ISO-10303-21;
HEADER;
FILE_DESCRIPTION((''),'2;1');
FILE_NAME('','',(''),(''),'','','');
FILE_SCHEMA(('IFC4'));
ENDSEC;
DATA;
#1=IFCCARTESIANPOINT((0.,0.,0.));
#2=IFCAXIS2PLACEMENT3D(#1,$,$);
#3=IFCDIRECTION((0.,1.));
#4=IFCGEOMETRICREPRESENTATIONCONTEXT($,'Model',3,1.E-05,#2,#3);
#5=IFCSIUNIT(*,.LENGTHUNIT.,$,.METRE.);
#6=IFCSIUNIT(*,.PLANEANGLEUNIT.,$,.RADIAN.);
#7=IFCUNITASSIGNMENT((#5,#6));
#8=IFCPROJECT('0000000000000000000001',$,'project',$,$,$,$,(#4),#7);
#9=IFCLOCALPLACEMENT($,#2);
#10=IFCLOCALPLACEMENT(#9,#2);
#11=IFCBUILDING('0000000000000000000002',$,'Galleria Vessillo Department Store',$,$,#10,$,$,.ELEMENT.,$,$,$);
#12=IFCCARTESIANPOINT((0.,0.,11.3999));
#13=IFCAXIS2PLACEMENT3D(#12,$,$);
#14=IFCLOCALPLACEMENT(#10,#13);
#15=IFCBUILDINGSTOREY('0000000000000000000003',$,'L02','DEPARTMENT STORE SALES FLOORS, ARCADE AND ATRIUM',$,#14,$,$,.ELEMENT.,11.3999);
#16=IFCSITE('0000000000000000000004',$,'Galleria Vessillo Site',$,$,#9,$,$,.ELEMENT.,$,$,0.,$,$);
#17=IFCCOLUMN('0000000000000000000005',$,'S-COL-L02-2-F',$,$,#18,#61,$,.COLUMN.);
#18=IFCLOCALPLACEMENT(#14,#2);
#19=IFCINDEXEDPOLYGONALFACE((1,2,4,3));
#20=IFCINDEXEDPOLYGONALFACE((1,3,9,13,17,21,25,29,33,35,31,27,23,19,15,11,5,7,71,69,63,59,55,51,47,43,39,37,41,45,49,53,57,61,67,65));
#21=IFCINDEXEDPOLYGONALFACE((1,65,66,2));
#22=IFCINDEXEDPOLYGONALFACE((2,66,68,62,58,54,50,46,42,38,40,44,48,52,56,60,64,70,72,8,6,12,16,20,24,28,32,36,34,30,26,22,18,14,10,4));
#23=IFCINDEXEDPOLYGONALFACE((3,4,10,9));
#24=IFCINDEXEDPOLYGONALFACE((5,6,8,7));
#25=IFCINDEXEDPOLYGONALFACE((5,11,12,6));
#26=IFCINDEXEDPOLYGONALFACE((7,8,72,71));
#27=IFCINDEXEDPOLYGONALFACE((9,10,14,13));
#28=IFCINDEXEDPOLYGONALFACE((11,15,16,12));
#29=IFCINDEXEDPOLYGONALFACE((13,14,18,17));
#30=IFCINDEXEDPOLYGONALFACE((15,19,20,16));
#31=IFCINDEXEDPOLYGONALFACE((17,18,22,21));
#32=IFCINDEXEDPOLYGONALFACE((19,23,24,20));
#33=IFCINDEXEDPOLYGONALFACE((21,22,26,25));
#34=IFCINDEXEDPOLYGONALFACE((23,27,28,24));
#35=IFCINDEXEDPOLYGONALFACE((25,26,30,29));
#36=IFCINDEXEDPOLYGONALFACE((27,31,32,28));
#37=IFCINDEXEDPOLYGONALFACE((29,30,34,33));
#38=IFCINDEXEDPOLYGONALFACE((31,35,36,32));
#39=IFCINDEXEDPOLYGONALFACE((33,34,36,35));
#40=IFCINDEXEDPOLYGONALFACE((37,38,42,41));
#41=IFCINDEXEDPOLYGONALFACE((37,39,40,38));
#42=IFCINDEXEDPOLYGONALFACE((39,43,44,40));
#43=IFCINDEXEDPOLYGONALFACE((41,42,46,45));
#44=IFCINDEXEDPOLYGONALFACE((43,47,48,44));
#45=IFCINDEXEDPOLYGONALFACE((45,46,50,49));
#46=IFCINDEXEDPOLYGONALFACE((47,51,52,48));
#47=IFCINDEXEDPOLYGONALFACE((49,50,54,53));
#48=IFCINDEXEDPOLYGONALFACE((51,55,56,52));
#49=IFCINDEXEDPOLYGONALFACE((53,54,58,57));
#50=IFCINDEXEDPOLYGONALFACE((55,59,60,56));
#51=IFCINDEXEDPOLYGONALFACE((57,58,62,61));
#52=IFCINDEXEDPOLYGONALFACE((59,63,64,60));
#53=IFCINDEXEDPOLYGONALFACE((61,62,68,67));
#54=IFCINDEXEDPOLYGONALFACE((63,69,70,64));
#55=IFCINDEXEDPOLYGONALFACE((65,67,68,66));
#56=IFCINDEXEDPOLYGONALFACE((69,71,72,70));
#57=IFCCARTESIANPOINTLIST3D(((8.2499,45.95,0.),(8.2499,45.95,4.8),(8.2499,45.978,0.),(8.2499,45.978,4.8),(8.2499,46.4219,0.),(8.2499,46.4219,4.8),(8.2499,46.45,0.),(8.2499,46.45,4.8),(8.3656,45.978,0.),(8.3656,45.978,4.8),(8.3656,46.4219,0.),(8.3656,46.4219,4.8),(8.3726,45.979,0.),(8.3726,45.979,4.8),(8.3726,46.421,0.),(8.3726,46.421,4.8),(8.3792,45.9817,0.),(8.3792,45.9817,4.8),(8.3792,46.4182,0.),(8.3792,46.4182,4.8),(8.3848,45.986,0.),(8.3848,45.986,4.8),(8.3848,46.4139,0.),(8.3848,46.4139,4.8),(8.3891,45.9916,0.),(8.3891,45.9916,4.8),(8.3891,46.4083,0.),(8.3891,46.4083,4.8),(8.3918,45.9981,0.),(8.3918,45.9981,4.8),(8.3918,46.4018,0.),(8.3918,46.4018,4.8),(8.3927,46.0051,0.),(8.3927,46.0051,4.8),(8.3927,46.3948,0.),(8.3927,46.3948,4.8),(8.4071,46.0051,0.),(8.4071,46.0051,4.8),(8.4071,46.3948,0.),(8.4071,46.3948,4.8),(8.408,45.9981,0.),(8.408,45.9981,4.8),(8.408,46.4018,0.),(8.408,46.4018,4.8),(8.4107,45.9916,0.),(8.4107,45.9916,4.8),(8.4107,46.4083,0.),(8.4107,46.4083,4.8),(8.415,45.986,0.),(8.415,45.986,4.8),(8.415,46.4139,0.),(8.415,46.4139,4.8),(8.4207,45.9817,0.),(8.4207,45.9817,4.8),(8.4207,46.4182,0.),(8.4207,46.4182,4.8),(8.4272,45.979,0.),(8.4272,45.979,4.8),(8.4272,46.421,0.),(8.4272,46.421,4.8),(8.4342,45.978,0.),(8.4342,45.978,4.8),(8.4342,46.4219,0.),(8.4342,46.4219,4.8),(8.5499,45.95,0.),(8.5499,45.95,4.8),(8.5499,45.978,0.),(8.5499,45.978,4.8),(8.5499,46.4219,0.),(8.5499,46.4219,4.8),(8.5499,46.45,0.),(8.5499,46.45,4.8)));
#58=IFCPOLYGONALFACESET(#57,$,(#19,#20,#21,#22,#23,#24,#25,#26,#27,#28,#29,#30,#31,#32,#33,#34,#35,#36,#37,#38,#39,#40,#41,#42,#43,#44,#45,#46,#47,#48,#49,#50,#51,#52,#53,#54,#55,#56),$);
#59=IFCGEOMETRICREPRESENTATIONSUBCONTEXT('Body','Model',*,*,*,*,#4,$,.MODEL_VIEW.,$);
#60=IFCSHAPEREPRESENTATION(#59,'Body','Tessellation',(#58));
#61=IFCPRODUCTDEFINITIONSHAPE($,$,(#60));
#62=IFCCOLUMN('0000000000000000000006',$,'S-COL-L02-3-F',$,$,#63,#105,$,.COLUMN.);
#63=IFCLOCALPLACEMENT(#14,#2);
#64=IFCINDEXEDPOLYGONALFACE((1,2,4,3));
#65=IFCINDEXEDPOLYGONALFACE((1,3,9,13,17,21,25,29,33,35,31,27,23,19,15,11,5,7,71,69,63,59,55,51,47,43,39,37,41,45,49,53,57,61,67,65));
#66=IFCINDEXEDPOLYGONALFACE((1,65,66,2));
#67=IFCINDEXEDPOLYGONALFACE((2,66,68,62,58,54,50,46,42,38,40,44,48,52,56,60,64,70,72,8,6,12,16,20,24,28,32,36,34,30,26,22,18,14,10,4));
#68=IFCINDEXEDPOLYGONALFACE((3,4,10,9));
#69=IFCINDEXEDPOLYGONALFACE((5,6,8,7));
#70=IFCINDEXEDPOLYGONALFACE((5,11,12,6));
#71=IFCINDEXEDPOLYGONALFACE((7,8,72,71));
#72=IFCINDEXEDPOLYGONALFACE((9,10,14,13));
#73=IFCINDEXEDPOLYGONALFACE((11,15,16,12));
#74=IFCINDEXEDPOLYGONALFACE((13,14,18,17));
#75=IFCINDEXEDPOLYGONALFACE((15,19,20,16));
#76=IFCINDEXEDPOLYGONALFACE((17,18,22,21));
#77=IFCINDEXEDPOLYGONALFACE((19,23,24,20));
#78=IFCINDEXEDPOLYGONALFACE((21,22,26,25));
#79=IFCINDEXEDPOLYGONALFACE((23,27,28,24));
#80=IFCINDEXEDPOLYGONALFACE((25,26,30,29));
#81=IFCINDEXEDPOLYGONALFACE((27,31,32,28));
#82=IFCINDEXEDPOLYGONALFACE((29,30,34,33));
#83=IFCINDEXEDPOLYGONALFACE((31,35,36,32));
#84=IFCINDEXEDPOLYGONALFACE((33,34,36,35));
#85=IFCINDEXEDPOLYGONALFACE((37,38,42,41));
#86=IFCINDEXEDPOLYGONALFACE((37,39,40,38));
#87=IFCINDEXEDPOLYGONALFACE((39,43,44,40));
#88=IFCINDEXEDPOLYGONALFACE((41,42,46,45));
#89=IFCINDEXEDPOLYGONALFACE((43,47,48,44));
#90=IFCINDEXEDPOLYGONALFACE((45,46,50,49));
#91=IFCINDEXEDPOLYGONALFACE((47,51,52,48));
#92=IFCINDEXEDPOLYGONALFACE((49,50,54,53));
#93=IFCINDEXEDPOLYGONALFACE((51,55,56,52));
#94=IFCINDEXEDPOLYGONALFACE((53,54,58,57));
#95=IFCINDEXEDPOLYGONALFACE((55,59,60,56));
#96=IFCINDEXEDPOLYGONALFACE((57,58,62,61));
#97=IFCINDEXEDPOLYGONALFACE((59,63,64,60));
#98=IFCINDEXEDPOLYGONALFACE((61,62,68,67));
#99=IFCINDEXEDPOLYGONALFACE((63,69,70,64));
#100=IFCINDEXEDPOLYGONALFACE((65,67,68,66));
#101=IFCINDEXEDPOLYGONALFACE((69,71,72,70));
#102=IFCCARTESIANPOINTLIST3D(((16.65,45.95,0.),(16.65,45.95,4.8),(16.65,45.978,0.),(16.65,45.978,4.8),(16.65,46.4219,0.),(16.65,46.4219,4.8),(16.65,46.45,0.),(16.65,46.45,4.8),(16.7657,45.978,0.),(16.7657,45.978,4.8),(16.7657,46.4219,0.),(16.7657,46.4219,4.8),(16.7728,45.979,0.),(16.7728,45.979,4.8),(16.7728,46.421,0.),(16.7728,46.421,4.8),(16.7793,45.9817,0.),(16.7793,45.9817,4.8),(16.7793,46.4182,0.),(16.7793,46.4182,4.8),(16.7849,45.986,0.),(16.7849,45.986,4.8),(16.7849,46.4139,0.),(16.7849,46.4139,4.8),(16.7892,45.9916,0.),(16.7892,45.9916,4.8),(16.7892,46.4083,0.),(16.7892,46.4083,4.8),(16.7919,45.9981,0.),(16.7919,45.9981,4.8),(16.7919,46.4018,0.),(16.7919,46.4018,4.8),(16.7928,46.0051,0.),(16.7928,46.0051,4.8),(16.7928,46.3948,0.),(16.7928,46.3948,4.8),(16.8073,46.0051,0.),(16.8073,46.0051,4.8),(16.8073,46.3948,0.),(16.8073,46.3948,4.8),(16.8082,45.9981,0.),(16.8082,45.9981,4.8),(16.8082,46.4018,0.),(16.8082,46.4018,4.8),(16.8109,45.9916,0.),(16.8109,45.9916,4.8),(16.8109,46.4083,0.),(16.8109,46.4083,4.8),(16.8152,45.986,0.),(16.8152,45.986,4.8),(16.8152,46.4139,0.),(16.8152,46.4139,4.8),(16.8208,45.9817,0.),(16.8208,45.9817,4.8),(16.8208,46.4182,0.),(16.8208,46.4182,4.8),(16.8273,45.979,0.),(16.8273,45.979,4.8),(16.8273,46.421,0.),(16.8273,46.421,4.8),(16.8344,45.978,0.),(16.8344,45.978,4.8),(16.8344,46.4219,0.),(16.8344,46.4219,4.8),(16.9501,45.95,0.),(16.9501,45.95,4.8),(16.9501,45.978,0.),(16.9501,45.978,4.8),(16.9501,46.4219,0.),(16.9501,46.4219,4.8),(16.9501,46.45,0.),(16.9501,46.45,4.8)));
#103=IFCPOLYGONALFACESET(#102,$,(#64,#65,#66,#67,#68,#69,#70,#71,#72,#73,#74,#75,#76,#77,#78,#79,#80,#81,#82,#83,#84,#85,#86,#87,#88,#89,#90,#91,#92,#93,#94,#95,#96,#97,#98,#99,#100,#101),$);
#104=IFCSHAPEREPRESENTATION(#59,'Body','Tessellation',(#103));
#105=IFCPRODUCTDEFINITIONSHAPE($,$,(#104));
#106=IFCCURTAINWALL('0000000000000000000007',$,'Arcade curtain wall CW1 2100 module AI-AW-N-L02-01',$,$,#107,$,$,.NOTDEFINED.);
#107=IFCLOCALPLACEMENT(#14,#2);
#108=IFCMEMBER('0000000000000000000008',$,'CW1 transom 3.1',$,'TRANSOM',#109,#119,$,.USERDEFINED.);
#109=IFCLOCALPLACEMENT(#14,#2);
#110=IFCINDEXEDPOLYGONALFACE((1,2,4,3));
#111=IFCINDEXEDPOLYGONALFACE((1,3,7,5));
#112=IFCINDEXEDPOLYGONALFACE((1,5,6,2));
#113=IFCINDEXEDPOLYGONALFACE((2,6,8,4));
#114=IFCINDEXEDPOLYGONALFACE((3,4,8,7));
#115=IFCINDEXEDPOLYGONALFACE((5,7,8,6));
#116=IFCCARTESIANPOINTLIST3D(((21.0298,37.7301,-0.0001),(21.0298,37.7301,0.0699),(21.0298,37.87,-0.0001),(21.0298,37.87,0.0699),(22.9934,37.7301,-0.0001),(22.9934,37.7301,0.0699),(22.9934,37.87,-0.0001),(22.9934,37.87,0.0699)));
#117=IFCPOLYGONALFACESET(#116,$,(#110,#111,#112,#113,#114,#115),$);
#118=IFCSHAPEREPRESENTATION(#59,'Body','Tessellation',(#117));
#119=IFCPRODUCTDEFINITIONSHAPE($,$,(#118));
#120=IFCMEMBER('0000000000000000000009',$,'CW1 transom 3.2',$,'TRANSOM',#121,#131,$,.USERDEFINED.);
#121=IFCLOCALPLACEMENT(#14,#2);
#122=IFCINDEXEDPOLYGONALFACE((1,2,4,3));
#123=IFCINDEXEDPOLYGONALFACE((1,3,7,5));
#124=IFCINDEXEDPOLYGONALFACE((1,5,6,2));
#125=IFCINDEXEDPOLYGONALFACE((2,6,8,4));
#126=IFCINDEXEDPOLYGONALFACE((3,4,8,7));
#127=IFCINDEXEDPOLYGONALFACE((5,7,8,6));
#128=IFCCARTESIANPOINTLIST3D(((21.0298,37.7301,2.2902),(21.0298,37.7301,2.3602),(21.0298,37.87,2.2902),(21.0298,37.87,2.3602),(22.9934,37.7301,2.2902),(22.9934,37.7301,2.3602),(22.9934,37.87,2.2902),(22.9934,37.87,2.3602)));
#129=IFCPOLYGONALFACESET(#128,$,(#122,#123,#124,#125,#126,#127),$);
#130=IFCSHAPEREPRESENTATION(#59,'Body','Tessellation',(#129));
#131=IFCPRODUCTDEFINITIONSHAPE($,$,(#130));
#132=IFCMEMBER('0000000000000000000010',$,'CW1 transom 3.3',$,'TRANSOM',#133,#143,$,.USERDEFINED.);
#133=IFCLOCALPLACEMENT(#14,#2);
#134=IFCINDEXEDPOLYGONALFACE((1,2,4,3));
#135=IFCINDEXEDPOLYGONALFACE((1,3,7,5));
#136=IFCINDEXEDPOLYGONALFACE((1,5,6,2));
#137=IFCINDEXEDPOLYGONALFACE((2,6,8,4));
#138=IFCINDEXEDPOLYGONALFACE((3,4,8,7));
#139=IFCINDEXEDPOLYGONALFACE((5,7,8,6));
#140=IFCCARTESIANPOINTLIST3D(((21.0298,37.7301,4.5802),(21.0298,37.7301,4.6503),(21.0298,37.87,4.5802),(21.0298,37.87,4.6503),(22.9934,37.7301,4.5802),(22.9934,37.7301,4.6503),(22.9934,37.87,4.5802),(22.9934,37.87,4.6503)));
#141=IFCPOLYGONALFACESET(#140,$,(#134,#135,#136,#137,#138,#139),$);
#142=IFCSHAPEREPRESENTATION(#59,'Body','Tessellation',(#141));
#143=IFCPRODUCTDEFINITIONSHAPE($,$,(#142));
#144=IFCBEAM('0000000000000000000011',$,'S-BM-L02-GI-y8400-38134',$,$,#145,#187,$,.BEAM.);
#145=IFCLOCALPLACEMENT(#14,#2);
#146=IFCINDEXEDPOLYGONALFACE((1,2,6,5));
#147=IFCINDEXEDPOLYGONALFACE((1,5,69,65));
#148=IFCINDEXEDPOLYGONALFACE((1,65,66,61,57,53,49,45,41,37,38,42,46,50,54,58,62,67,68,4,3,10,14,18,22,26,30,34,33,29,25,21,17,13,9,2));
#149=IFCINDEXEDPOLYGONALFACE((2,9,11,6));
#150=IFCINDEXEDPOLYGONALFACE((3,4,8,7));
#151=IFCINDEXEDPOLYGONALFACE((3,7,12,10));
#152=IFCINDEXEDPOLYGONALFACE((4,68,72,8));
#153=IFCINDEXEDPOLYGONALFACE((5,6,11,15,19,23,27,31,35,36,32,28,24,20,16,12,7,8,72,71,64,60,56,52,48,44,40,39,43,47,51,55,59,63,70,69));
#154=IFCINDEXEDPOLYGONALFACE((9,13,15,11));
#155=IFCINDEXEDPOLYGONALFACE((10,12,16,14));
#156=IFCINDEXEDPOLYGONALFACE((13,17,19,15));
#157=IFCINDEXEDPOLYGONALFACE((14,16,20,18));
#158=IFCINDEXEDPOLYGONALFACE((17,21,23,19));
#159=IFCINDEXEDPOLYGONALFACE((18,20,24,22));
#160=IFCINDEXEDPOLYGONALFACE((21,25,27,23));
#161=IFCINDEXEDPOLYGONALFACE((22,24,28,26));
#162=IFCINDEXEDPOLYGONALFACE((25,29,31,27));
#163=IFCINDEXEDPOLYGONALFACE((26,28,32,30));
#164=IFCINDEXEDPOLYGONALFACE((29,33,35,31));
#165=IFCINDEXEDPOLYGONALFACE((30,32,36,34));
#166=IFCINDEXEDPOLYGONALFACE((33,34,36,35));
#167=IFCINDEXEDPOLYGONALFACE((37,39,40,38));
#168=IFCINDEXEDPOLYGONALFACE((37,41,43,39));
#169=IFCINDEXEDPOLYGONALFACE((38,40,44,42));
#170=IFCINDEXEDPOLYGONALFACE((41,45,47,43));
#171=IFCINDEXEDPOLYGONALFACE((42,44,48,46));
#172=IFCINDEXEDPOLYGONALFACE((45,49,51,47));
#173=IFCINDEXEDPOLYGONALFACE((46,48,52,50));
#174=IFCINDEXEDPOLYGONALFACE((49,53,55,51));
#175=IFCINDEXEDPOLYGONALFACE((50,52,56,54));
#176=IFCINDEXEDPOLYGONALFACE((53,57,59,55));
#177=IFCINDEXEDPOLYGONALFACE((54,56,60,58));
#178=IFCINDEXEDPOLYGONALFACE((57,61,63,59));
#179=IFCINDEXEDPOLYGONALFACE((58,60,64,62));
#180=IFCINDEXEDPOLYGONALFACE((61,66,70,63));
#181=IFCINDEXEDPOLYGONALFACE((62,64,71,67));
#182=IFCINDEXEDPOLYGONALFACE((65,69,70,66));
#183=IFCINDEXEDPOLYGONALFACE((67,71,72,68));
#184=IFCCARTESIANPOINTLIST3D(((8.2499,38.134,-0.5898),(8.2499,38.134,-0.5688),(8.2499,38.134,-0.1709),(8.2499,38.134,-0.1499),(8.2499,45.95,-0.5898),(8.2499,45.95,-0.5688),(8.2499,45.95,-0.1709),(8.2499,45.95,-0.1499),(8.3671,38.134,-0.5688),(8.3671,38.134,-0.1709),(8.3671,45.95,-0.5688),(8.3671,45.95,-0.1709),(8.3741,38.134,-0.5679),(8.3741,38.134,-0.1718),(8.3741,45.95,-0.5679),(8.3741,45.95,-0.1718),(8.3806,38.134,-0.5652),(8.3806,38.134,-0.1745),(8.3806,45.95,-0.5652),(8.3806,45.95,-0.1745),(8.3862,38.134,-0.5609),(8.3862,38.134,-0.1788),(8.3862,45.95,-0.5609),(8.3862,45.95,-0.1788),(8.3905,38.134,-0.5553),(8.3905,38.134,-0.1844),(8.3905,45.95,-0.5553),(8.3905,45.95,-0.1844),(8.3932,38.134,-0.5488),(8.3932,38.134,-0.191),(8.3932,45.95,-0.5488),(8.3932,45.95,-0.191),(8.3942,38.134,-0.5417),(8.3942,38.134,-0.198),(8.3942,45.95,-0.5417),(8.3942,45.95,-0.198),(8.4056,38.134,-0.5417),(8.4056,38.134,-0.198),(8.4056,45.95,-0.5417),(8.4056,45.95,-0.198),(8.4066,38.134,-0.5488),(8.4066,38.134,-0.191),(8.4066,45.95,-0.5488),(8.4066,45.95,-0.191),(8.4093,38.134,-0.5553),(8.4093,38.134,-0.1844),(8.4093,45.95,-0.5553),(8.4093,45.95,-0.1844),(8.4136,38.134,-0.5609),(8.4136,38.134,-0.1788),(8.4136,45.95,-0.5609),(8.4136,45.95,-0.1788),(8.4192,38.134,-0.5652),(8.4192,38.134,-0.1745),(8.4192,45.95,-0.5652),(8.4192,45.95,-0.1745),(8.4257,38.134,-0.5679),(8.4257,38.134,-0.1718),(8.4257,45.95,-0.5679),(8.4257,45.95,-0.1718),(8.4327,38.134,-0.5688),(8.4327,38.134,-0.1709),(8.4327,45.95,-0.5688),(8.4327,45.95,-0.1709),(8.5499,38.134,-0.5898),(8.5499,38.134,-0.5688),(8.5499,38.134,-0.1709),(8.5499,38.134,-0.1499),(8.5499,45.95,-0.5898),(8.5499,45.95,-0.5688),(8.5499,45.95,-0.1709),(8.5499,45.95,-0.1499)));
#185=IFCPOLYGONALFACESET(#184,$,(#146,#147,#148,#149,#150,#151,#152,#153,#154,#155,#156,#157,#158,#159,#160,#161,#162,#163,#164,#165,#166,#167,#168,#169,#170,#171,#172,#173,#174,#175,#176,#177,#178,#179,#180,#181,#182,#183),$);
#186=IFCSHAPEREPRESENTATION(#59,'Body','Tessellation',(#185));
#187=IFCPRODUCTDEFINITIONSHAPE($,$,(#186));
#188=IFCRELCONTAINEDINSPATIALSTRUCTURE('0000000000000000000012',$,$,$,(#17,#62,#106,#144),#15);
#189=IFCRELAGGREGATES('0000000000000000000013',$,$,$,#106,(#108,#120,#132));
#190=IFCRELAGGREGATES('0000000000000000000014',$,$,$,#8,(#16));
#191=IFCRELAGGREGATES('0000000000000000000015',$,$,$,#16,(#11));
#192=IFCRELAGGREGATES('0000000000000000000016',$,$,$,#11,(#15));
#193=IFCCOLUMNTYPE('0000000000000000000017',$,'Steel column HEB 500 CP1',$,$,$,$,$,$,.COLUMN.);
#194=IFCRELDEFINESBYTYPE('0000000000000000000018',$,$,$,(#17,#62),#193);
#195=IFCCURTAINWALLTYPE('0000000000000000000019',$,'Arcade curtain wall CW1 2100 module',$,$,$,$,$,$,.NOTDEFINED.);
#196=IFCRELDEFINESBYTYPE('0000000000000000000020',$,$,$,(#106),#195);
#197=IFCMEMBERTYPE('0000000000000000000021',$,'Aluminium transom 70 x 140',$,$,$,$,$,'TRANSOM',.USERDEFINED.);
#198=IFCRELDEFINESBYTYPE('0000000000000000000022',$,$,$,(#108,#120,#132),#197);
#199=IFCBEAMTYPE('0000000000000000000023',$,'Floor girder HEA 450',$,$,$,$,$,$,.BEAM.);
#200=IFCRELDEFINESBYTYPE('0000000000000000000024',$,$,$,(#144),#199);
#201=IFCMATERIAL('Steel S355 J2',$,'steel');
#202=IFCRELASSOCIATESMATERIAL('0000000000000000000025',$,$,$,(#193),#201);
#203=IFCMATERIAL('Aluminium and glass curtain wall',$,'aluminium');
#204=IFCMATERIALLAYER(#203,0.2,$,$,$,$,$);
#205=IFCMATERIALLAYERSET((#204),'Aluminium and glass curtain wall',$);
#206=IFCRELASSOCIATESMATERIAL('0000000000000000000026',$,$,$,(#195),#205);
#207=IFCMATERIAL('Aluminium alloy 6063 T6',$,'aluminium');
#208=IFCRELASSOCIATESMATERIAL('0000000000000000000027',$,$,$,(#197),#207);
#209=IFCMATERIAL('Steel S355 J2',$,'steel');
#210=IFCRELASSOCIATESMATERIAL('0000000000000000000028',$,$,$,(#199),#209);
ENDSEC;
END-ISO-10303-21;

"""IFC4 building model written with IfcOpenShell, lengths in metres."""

from ifc_helpers import new_model, si_unit, direction, frame, origin, origin_2d, place, context, subcontext, project, spatial, rectangle, i_section, extrude, material, layer, layer_set, material_profile, profile_set, type_object, element, aggregate, save


model = new_model("IFC4")

# Units and contexts
model_context = context("Model", 3, precision=1e-05, world=origin(), true_north=direction((0.0, 1.0)))
body_context = subcontext(model_context, "Body", "Model", "MODEL_VIEW")
ifc_project = project(units=[si_unit("LENGTHUNIT", "METRE"), si_unit("PLANEANGLEUNIT", "RADIAN")], contexts=[model_context])

# Site, building, storey
site_placement = place(None, origin())
site = spatial("IfcSite", under=ifc_project, at=site_placement, Name="Galleria Vessillo Site", CompositionType="ELEMENT", RefElevation=0.0)
building_placement = place(site_placement, origin())
building = spatial("IfcBuilding", under=site, at=building_placement, Name="Galleria Vessillo Department Store", CompositionType="ELEMENT")
storey_placement = place(building_placement, frame((0.0, 0.0, 11.3999)))
storey = spatial("IfcBuildingStorey", under=building, at=storey_placement, Name="L02", Description="DEPARTMENT STORE SALES FLOORS, ARCADE AND ATRIUM", CompositionType="ELEMENT", Elevation=11.3999)

# Columns
ifc_material_1 = material(Name="Steel S355 J2", Category="steel")
ifc_material_profile_1 = material_profile(ifc_material_1, i_section(OverallWidth=0.3, OverallDepth=0.5, WebThickness=0.0144, FlangeThickness=0.0281, FilletRadius=0.0271, at=origin_2d()), Name="HEB 500")
ifc_profile_set_1 = profile_set([ifc_material_profile_1], Name="Steel S355 J2")
column_type = type_object("IfcColumnType", Name="Steel column HEB 500 CP1", PredefinedType="COLUMN", material=ifc_profile_set_1)
for number, where, z_axis, x_axis, name in (
    (1, (8.3999, 46.2, 0.0), (0.0, 0.0, 1.0), (1.0, 0.0, 0.0), "S-COL-L02-2-F"),
    (2, (16.8, 46.2, 0.0), (0.0, 0.0, 1.0), (1.0, 0.0, 0.0), "S-COL-L02-3-F"),
):
    element("IfcColumn", number, at=place(storey_placement, frame(where, z_axis=z_axis, x_axis=x_axis)), inside=storey, type_object=column_type, Name=name, PredefinedType="COLUMN", context=body_context, shape_type="SweptSolid", body=[
        extrude(i_section(OverallWidth=0.3, OverallDepth=0.5, WebThickness=0.0144, FlangeThickness=0.0281, FilletRadius=0.0271, at=origin_2d()), origin(), (0.0, 0.0, 1.0), 4.8),
    ])

# Curtain wall, members
ifc_material_2 = material(Name="Aluminium and glass curtain wall", Category="aluminium")
ifc_layer_1 = layer(ifc_material_2, 0.2)
ifc_layer_set_1 = layer_set([ifc_layer_1], Name="Aluminium and glass curtain wall")
curtain_wall_type = type_object("IfcCurtainWallType", Name="Arcade curtain wall CW1 2100 module", PredefinedType="NOTDEFINED", material=ifc_layer_set_1)
curtain_wall_placement = place(storey_placement, origin())
curtain_wall = element("IfcCurtainWall", 3, at=curtain_wall_placement, inside=storey, type_object=curtain_wall_type, Name="Arcade curtain wall CW1 2100 module AI-AW-N-L02-01", PredefinedType="NOTDEFINED")
ifc_material_3 = material(Name="Aluminium alloy 6063 T6", Category="aluminium")
ifc_material_profile_2 = material_profile(ifc_material_3, rectangle(XDim=0.1399, YDim=0.0701, at=origin_2d()), Name="AL 70x140")
ifc_profile_set_2 = profile_set([ifc_material_profile_2], Name="Aluminium alloy 6063 T6")
member_type = type_object("IfcMemberType", Name="Aluminium transom 70 x 140", ElementType="TRANSOM", PredefinedType="USERDEFINED", material=ifc_profile_set_2)
member_1_placement = place(storey_placement, frame((21.0298, 37.8, 0.0349), z_axis=(1.0, 0.0, 0.0), x_axis=(0.0, 1.0, 0.0)))
member_1 = element("IfcMember", 4, at=member_1_placement, type_object=member_type, Name="CW1 transom 3.1", ObjectType="TRANSOM", PredefinedType="USERDEFINED", context=body_context, shape_type="SweptSolid", body=[
    extrude(rectangle(XDim=0.1399, YDim=0.0701, at=origin_2d()), origin(), (0.0, 0.0, 1.0), 1.9636),
])
member_2_placement = place(storey_placement, frame((21.0298, 37.8, 2.3252), z_axis=(1.0, 0.0, 0.0), x_axis=(0.0, 1.0, 0.0)))
member_2 = element("IfcMember", 5, at=member_2_placement, type_object=member_type, Name="CW1 transom 3.2", ObjectType="TRANSOM", PredefinedType="USERDEFINED", context=body_context, shape_type="SweptSolid", body=[
    extrude(rectangle(XDim=0.1399, YDim=0.0701, at=origin_2d()), origin(), (0.0, 0.0, 1.0), 1.9636),
])
member_3_placement = place(storey_placement, frame((21.0298, 37.8, 4.6152), z_axis=(1.0, 0.0, 0.0), x_axis=(0.0, 1.0, 0.0)))
member_3 = element("IfcMember", 6, at=member_3_placement, type_object=member_type, Name="CW1 transom 3.3", ObjectType="TRANSOM", PredefinedType="USERDEFINED", context=body_context, shape_type="SweptSolid", body=[
    extrude(rectangle(XDim=0.1399, YDim=0.0701, at=origin_2d()), origin(), (0.0, 0.0, 1.0), 1.9636),
])
aggregate(curtain_wall, [member_1, member_2, member_3])

# Beam
ifc_material_4 = material(Name="Steel S355 J2", Category="steel")
ifc_material_profile_3 = material_profile(ifc_material_4, i_section(OverallWidth=0.3, OverallDepth=0.4399, WebThickness=0.0115, FlangeThickness=0.021, FilletRadius=0.0271, at=origin_2d()), Name="HEA 450")
ifc_profile_set_3 = profile_set([ifc_material_profile_3], Name="Steel S355 J2")
beam_type_1 = type_object("IfcBeamType", Name="Floor girder HEA 450", PredefinedType="BEAM", material=ifc_profile_set_3)
beam_1_placement = place(storey_placement, frame((8.3999, 38.134, -0.3699), z_axis=(0.0, 1.0, 0.0), x_axis=(-1.0, 0.0, 0.0)))
element("IfcBeam", 7, at=beam_1_placement, inside=storey, type_object=beam_type_1, Name="S-BM-L02-GI-y8400-38134", PredefinedType="BEAM", context=body_context, shape_type="SweptSolid", body=[
    extrude(i_section(OverallWidth=0.3, OverallDepth=0.4399, WebThickness=0.0115, FlangeThickness=0.021, FilletRadius=0.0271, at=origin_2d()), origin(), (0.0, 0.0, 1.0), 7.8159),
])

save(model, "model.ifc")
